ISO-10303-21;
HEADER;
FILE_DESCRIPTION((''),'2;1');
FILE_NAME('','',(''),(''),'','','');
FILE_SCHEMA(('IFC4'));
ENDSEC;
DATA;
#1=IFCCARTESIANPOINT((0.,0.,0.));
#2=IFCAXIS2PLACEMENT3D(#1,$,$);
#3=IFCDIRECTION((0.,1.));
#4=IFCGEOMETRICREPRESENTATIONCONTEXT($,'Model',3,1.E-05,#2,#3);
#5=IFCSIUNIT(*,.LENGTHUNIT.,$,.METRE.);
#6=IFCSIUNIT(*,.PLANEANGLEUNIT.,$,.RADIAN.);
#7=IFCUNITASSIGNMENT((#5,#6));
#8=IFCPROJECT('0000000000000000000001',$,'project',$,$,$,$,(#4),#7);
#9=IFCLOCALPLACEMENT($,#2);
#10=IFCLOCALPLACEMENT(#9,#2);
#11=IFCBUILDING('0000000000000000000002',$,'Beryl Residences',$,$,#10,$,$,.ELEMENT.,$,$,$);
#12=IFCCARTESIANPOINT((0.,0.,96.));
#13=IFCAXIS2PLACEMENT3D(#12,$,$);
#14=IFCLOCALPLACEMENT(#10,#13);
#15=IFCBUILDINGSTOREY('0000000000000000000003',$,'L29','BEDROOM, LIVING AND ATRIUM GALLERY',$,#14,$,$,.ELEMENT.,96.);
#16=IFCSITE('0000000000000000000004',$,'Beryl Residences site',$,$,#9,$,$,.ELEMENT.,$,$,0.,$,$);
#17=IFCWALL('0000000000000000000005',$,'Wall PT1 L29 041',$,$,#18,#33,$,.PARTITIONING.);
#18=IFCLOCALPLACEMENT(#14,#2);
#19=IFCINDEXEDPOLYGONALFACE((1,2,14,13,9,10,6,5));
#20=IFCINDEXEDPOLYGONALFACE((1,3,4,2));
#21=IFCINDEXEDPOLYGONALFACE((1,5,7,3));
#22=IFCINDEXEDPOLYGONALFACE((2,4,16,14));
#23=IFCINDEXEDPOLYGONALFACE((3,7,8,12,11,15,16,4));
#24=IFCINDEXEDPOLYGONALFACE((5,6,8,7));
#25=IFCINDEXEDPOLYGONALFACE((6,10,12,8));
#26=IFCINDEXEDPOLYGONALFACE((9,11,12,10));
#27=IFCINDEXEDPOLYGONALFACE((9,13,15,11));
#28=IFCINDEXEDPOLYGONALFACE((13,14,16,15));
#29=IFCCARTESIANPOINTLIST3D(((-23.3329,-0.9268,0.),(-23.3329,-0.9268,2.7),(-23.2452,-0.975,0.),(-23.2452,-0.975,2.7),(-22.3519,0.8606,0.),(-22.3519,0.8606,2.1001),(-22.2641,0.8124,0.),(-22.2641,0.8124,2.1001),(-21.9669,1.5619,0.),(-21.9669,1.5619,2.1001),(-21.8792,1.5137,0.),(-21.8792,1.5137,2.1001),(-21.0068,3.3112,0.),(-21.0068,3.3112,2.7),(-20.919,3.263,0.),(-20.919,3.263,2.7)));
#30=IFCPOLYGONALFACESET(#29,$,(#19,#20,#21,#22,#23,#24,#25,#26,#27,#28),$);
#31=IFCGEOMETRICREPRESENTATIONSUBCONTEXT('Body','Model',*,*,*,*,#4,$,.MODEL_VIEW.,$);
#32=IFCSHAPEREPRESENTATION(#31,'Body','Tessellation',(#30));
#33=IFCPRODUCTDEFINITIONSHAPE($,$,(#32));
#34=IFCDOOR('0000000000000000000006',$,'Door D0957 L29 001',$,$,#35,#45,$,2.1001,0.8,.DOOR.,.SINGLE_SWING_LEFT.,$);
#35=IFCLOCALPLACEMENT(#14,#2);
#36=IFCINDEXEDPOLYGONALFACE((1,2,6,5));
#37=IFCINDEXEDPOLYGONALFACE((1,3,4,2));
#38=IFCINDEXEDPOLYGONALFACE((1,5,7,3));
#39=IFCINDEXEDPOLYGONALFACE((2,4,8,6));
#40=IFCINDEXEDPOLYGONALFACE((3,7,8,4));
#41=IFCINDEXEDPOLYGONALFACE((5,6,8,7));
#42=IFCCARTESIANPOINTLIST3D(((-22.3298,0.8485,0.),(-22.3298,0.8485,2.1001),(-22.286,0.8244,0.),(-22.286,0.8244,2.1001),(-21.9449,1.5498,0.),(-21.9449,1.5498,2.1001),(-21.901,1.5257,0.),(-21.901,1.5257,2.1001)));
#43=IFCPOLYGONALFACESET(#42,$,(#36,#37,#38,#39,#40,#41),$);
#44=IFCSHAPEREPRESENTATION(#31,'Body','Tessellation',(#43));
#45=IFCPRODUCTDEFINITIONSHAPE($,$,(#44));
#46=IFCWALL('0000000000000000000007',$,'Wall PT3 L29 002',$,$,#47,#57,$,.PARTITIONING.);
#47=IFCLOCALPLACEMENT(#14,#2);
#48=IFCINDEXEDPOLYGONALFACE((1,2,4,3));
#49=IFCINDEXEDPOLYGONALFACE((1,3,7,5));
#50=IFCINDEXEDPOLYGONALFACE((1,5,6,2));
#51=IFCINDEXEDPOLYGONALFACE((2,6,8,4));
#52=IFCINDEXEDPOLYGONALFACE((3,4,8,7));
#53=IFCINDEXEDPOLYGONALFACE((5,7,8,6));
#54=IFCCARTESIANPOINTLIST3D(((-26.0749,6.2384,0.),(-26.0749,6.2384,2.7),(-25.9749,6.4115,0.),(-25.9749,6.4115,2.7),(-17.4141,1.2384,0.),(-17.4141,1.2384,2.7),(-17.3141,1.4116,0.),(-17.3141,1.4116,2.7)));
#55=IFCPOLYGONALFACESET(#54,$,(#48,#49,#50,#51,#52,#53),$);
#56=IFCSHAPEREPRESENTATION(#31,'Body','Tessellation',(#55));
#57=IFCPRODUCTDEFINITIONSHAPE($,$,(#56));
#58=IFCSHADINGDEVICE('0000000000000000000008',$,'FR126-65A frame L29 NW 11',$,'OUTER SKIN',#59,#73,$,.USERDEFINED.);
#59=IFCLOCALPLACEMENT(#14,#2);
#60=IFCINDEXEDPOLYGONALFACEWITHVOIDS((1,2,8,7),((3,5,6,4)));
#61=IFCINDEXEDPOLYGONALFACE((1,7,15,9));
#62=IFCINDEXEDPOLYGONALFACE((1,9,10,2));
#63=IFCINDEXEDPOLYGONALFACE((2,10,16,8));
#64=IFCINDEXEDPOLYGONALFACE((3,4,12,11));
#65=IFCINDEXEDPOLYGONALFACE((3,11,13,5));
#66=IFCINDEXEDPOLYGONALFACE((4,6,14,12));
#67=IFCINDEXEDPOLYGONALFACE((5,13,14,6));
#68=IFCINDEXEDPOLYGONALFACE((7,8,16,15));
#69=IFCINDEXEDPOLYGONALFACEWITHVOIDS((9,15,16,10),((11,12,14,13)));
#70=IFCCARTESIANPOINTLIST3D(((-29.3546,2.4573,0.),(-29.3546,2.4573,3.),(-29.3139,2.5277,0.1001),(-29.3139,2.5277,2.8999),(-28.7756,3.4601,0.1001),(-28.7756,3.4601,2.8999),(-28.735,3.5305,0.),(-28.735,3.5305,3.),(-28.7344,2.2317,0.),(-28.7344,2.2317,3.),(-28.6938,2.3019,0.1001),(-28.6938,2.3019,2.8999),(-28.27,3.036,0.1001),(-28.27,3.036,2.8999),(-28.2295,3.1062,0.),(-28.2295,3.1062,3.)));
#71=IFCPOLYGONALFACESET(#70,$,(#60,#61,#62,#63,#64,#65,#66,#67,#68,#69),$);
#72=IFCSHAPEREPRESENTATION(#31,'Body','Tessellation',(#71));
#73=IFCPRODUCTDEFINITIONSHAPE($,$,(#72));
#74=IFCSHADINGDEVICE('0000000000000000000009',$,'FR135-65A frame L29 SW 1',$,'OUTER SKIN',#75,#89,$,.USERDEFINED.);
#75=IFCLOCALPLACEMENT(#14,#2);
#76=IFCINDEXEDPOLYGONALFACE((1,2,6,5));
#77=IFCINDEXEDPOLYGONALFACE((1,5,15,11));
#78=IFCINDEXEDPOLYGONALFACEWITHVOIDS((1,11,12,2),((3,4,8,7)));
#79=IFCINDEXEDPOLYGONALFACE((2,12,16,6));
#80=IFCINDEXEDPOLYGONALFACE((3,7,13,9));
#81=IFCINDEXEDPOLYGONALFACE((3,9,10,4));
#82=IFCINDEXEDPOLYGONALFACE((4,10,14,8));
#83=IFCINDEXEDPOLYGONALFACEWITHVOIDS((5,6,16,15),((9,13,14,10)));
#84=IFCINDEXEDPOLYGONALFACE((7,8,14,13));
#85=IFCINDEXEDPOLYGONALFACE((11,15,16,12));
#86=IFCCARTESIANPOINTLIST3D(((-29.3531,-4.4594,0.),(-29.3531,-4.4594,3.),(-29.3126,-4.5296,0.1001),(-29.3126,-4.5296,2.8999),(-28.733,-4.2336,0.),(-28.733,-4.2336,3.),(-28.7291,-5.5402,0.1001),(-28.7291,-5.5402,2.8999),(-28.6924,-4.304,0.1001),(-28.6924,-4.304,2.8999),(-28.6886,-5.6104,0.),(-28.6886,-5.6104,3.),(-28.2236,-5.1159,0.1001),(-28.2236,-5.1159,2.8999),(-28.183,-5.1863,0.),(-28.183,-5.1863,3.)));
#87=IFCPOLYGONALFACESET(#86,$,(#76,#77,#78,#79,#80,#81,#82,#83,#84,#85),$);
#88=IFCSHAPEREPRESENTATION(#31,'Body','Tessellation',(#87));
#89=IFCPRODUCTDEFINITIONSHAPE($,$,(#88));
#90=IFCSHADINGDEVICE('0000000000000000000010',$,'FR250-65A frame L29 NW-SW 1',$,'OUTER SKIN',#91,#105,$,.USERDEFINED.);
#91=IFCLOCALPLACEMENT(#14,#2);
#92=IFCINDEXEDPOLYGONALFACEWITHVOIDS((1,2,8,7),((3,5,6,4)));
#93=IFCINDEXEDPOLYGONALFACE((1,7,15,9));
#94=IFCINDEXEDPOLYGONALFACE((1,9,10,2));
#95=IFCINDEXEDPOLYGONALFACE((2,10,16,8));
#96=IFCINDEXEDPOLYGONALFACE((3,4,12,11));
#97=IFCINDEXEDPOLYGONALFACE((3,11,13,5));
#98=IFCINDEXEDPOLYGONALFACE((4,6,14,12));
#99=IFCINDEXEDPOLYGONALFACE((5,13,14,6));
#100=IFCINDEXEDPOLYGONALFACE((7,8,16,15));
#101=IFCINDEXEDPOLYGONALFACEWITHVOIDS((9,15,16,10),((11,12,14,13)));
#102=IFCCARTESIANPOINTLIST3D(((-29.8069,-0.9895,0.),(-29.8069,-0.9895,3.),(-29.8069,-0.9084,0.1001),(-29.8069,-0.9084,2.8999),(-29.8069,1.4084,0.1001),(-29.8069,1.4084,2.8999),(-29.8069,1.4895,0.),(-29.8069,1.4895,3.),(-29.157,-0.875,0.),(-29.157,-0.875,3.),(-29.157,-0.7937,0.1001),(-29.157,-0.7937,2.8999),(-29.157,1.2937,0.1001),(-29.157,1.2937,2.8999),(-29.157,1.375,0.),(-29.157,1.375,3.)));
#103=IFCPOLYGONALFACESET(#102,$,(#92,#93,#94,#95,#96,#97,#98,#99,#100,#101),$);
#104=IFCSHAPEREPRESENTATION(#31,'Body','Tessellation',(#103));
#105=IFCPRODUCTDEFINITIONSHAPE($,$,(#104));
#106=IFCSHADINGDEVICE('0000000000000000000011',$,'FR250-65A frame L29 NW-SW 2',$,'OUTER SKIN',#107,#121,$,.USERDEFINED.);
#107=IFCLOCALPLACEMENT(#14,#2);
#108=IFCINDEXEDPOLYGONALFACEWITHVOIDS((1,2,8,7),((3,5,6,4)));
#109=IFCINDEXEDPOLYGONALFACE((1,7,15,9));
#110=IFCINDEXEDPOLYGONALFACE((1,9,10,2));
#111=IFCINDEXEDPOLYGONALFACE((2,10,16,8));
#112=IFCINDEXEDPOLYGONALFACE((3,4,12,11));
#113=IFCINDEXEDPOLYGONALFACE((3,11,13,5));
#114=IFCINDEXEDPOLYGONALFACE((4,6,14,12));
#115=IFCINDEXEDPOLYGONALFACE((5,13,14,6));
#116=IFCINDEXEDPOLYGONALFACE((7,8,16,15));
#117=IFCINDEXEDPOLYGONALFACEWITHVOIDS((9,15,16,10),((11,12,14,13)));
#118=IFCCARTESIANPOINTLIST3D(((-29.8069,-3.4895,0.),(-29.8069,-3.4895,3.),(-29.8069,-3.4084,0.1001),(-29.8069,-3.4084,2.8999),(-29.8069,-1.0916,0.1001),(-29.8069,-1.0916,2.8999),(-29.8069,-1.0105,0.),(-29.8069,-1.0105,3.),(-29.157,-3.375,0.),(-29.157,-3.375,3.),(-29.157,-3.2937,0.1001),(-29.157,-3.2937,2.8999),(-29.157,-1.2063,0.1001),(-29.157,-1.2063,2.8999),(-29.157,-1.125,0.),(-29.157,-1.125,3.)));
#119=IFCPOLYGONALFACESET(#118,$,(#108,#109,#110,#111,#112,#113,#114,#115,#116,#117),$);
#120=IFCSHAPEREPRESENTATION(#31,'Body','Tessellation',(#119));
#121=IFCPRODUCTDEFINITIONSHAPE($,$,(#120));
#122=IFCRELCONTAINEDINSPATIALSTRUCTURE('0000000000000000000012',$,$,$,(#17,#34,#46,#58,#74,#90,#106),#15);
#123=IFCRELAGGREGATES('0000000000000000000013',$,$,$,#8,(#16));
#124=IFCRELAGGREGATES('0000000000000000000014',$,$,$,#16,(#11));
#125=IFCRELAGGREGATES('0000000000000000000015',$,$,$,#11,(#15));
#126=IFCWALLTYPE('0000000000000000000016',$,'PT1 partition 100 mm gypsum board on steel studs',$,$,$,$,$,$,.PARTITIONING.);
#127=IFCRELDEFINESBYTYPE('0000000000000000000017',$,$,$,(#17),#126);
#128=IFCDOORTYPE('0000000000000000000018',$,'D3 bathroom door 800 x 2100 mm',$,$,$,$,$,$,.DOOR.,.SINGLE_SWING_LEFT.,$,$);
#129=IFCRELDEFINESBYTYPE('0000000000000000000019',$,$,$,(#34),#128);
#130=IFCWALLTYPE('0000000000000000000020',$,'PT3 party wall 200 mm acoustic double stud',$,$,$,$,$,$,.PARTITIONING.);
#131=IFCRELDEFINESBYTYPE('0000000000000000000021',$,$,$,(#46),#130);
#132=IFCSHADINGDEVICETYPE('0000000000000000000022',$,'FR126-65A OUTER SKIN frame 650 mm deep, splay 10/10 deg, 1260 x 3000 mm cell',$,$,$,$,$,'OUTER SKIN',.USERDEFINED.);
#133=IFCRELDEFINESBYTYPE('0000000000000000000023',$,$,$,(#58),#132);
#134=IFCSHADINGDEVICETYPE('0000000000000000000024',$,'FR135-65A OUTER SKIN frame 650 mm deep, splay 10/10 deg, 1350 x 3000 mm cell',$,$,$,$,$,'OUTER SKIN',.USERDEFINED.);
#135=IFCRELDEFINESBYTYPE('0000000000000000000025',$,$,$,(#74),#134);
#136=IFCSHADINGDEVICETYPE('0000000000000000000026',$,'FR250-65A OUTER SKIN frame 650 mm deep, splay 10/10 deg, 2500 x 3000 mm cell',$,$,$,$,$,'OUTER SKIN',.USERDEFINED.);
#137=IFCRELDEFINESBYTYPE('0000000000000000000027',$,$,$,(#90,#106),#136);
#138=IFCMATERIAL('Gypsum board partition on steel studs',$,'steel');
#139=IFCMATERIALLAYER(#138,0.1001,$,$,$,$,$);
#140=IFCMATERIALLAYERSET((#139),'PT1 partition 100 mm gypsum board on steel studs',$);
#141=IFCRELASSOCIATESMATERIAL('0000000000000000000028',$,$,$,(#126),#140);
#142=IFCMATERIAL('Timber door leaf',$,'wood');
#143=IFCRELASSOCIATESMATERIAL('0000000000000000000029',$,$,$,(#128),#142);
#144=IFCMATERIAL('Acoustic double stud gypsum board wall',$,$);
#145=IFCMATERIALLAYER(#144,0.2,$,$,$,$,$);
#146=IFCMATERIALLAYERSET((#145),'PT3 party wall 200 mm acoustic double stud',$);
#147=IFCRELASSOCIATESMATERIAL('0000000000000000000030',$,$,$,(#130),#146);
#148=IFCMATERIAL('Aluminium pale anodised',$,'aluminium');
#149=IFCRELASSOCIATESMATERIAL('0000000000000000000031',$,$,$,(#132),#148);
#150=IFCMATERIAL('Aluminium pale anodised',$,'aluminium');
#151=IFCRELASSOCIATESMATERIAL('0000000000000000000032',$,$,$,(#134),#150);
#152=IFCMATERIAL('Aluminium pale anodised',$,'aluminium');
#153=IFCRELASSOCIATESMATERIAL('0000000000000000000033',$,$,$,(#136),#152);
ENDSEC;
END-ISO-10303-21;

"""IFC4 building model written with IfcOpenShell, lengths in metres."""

from ifc_helpers import new_model, entity, si_unit, direction, frame, frame_2d, origin, place, context, subcontext, project, spatial, rectangle, extrude, source, transform, mapped, material, layer, layer_set, type_object, type_shapes, element, fill, save


model = new_model("IFC4")

# Units and contexts
model_context = context("Model", 3, precision=1e-05, world=origin(), true_north=direction((0.0, 1.0)))
body_context = subcontext(model_context, "Body", "Model", "MODEL_VIEW")
ifc_project = project(units=[si_unit("LENGTHUNIT", "METRE"), si_unit("PLANEANGLEUNIT", "RADIAN")], contexts=[model_context])

# Site, building, storey
site_placement = place(None, origin())
site = spatial("IfcSite", under=ifc_project, at=site_placement, Name="Beryl Residences site", CompositionType="ELEMENT", RefElevation=0.0)
building_placement = place(site_placement, origin())
building = spatial("IfcBuilding", under=site, at=building_placement, Name="Beryl Residences", CompositionType="ELEMENT")
storey_placement = place(building_placement, frame((0.0, 0.0, 96.0)))
storey = spatial("IfcBuildingStorey", under=building, at=storey_placement, Name="L29", Description="BEDROOM, LIVING AND ATRIUM GALLERY", CompositionType="ELEMENT", Elevation=96.0)

# Shared definitions
ifc_material_1 = material(Name="Gypsum board partition on steel studs", Category="steel")
ifc_layer_1 = layer(ifc_material_1, 0.1001)
ifc_layer_set_1 = layer_set([ifc_layer_1], Name="PT1 partition 100 mm gypsum board on steel studs")
wall_type_1 = type_object("IfcWallType", Name="PT1 partition 100 mm gypsum board on steel studs", PredefinedType="PARTITIONING", material=ifc_layer_set_1)

# Wall, opening, door
wall_1_placement = place(storey_placement, frame((-23.2891, -0.9509, 0.0), z_axis=(0.0, 0.0, 1.0), x_axis=(0.481164, 0.87663, 0.0)))
wall_1 = element("IfcWall", 1, at=wall_1_placement, inside=storey, type_object=wall_type_1, Name="Wall PT1 L29 041", PredefinedType="PARTITIONING", context=body_context, shape_type="SweptSolid", body=[
    extrude(rectangle(XDim=4.8345, YDim=0.1001, at=frame_2d((2.4172, 0.0))), origin(), (0.0, 0.0, 1.0), 2.7),
])
opening_1_placement = place(wall_1_placement, frame((2.0391, 0.0, 0.0)))
opening_1 = element("IfcOpeningElement", 2, at=opening_1_placement, cuts=wall_1, PredefinedType="OPENING", context=body_context, shape_type="SweptSolid", body=[
    extrude(rectangle(XDim=0.8, YDim=2.1001, at=frame_2d((0.3999, 1.05))), frame((0.0, 0.0601, 0.0), z_axis=(0.0, -1.0, 0.0), x_axis=(1.0, 0.0, 0.0)), (0.0, 0.0, 1.0), 0.1201),
])
ifc_material_2 = material(Name="Timber door leaf", Category="wood")
door_type_1 = type_object("IfcDoorType", Name="D3 bathroom door 800 x 2100 mm", OperationType="SINGLE_SWING_LEFT", PredefinedType="DOOR", material=ifc_material_2)
door_1_placement = place(opening_1_placement, origin())
door_1 = element("IfcDoor", 3, at=door_1_placement, inside=storey, type_object=door_type_1, Name="Door D0957 L29 001", OperationType="SINGLE_SWING_LEFT", OverallHeight=2.1001, OverallWidth=0.8, PredefinedType="DOOR", context=body_context, shape_type="SweptSolid", body=[
    extrude(rectangle(XDim=0.8, YDim=2.1001, at=frame_2d((0.3999, 1.05))), frame((0.0, 0.0249, 0.0), z_axis=(0.0, -1.0, 0.0), x_axis=(1.0, 0.0, 0.0)), (0.0, 0.0, 1.0), 0.05),
])
fill(opening_1, door_1)

# Wall
ifc_material_3 = material(Name="Acoustic double stud gypsum board wall")
ifc_layer_2 = layer(ifc_material_3, 0.2)
ifc_layer_set_2 = layer_set([ifc_layer_2], Name="PT3 party wall 200 mm acoustic double stud")
wall_type_2 = type_object("IfcWallType", Name="PT3 party wall 200 mm acoustic double stud", PredefinedType="PARTITIONING", material=ifc_layer_set_2)
wall_2_placement = place(storey_placement, frame((-26.0249, 6.325, 0.0), z_axis=(0.0, 0.0, 1.0), x_axis=(0.866041, -0.499973, 0.0)))
element("IfcWall", 4, at=wall_2_placement, inside=storey, type_object=wall_type_2, Name="Wall PT3 L29 002", PredefinedType="PARTITIONING", context=body_context, shape_type="SweptSolid", body=[
    extrude(rectangle(XDim=10.0005, YDim=0.2, at=frame_2d((5.0002, 0.0))), origin(), (0.0, 0.0, 1.0), 2.7),
])

# Shading devices
ifc_material_4 = material(Name="Aluminium pale anodised", Category="aluminium")
shading_device_type_1 = type_object("IfcShadingDeviceType", Name="FR126-65A OUTER SKIN frame 650 mm deep, splay 10/10 deg, 1260 x 3000 mm cell", ElementType="OUTER SKIN", PredefinedType="USERDEFINED", material=ifc_material_4)
cartesian_point_1 = entity("IfcCartesianPoint", [-0.5049, 0.0])
cartesian_point_2 = entity("IfcCartesianPoint", [-0.4238, 0.1001])
cartesian_point_3 = entity("IfcCartesianPoint", [-0.6196, 0.0])
cartesian_point_4 = entity("IfcCartesianPoint", [-0.5383, 0.1001])
shared_shape_1 = source(origin(), body_context, "Body", "SweptSolid", [
    entity("IfcExtrudedAreaSolidTapered", entity("IfcArbitraryProfileDefWithVoids", "AREA", None, entity("IfcPolyline", [cartesian_point_1, entity("IfcCartesianPoint", [0.5049, 0.0]), entity("IfcCartesianPoint", [0.5049, 3.0]), entity("IfcCartesianPoint", [-0.5049, 3.0]), cartesian_point_1]), [entity("IfcPolyline", [cartesian_point_2, entity("IfcCartesianPoint", [0.4238, 0.1001]), entity("IfcCartesianPoint", [0.4238, 2.8999]), entity("IfcCartesianPoint", [-0.4238, 2.8999]), cartesian_point_2])]), entity("IfcAxis2Placement3D", entity("IfcCartesianPoint", [0.0, 0.0, 0.0]), entity("IfcDirection", [0.0, 1.0, 0.0]), entity("IfcDirection", [-1.0, 0.0, 0.0])), entity("IfcDirection", [0.0, 0.0, 1.0]), 0.6499, entity("IfcArbitraryProfileDefWithVoids", "AREA", None, entity("IfcPolyline", [cartesian_point_3, entity("IfcCartesianPoint", [0.6196, 0.0]), entity("IfcCartesianPoint", [0.6196, 3.0]), entity("IfcCartesianPoint", [-0.6196, 3.0]), cartesian_point_3]), [entity("IfcPolyline", [cartesian_point_4, entity("IfcCartesianPoint", [0.5383, 0.1001]), entity("IfcCartesianPoint", [0.5383, 2.8999]), entity("IfcCartesianPoint", [-0.5383, 2.8999]), cartesian_point_4])])),
])
type_shapes(shading_device_type_1, [shared_shape_1])
shading_device_1_placement = place(storey_placement, frame((-28.4819, 2.6689, 0.0), z_axis=(0.0, 0.0, 1.0), x_axis=(0.5, 0.866025, 0.0)))
element("IfcShadingDevice", 5, at=shading_device_1_placement, inside=storey, type_object=shading_device_type_1, Name="FR126-65A frame L29 NW 11", ObjectType="OUTER SKIN", PredefinedType="USERDEFINED", context=body_context, shape_type="MappedRepresentation", body=[
    mapped(shared_shape_1, transform((0.0, 0.0, 0.0))),
])
ifc_material_5 = material(Name="Aluminium pale anodised", Category="aluminium")
shading_device_type_2 = type_object("IfcShadingDeviceType", Name="FR135-65A OUTER SKIN frame 650 mm deep, splay 10/10 deg, 1350 x 3000 mm cell", ElementType="OUTER SKIN", PredefinedType="USERDEFINED", material=ifc_material_5)
cartesian_point_5 = entity("IfcCartesianPoint", [-0.55, 0.0])
cartesian_point_6 = entity("IfcCartesianPoint", [-0.4688, 0.1001])
cartesian_point_7 = entity("IfcCartesianPoint", [-0.6646, 0.0])
cartesian_point_8 = entity("IfcCartesianPoint", [-0.5835, 0.1001])
shared_shape_2 = source(origin(), body_context, "Body", "SweptSolid", [
    entity("IfcExtrudedAreaSolidTapered", entity("IfcArbitraryProfileDefWithVoids", "AREA", None, entity("IfcPolyline", [cartesian_point_5, entity("IfcCartesianPoint", [0.55, 0.0]), entity("IfcCartesianPoint", [0.55, 3.0]), entity("IfcCartesianPoint", [-0.55, 3.0]), cartesian_point_5]), [entity("IfcPolyline", [cartesian_point_6, entity("IfcCartesianPoint", [0.4688, 0.1001]), entity("IfcCartesianPoint", [0.4688, 2.8999]), entity("IfcCartesianPoint", [-0.4688, 2.8999]), cartesian_point_6])]), entity("IfcAxis2Placement3D", entity("IfcCartesianPoint", [0.0, 0.0, 0.0]), entity("IfcDirection", [0.0, 1.0, 0.0]), entity("IfcDirection", [-1.0, 0.0, 0.0])), entity("IfcDirection", [0.0, 0.0, 1.0]), 0.6499, entity("IfcArbitraryProfileDefWithVoids", "AREA", None, entity("IfcPolyline", [cartesian_point_7, entity("IfcCartesianPoint", [0.6646, 0.0]), entity("IfcCartesianPoint", [0.6646, 3.0]), entity("IfcCartesianPoint", [-0.6646, 3.0]), cartesian_point_7]), [entity("IfcPolyline", [cartesian_point_8, entity("IfcCartesianPoint", [0.5835, 0.1001]), entity("IfcCartesianPoint", [0.5835, 2.8999]), entity("IfcCartesianPoint", [-0.5835, 2.8999]), cartesian_point_8])])),
])
type_shapes(shading_device_type_2, [shared_shape_2])
shading_device_2_placement = place(storey_placement, frame((-28.458, -4.71, 0.0), z_axis=(0.0, 0.0, 1.0), x_axis=(-0.5, 0.866025, 0.0)))
element("IfcShadingDevice", 6, at=shading_device_2_placement, inside=storey, type_object=shading_device_type_2, Name="FR135-65A frame L29 SW 1", ObjectType="OUTER SKIN", PredefinedType="USERDEFINED", context=body_context, shape_type="MappedRepresentation", body=[
    mapped(shared_shape_2, transform((0.0, 0.0, 0.0))),
])
ifc_material_6 = material(Name="Aluminium pale anodised", Category="aluminium")
shading_device_type_3 = type_object("IfcShadingDeviceType", Name="FR250-65A OUTER SKIN frame 650 mm deep, splay 10/10 deg, 2500 x 3000 mm cell", ElementType="OUTER SKIN", PredefinedType="USERDEFINED", material=ifc_material_6)
cartesian_point_9 = entity("IfcCartesianPoint", [-1.125, 0.0])
cartesian_point_10 = entity("IfcCartesianPoint", [-1.0437, 0.1001])
cartesian_point_11 = entity("IfcCartesianPoint", [-1.2395, 0.0])
cartesian_point_12 = entity("IfcCartesianPoint", [-1.1584, 0.1001])
shared_shape_3 = source(origin(), body_context, "Body", "SweptSolid", [
    entity("IfcExtrudedAreaSolidTapered", entity("IfcArbitraryProfileDefWithVoids", "AREA", None, entity("IfcPolyline", [cartesian_point_9, entity("IfcCartesianPoint", [1.125, 0.0]), entity("IfcCartesianPoint", [1.125, 3.0]), entity("IfcCartesianPoint", [-1.125, 3.0]), cartesian_point_9]), [entity("IfcPolyline", [cartesian_point_10, entity("IfcCartesianPoint", [1.0437, 0.1001]), entity("IfcCartesianPoint", [1.0437, 2.8999]), entity("IfcCartesianPoint", [-1.0437, 2.8999]), cartesian_point_10])]), entity("IfcAxis2Placement3D", entity("IfcCartesianPoint", [0.0, 0.0, 0.0]), entity("IfcDirection", [0.0, 1.0, 0.0]), entity("IfcDirection", [-1.0, 0.0, 0.0])), entity("IfcDirection", [0.0, 0.0, 1.0]), 0.6499, entity("IfcArbitraryProfileDefWithVoids", "AREA", None, entity("IfcPolyline", [cartesian_point_11, entity("IfcCartesianPoint", [1.2395, 0.0]), entity("IfcCartesianPoint", [1.2395, 3.0]), entity("IfcCartesianPoint", [-1.2395, 3.0]), cartesian_point_11]), [entity("IfcPolyline", [cartesian_point_12, entity("IfcCartesianPoint", [1.1584, 0.1001]), entity("IfcCartesianPoint", [1.1584, 2.8999]), entity("IfcCartesianPoint", [-1.1584, 2.8999]), cartesian_point_12])])),
])
type_shapes(shading_device_type_3, [shared_shape_3])
for number, where, z_axis, x_axis, name in (
    (7, (-29.157, 0.25, 0.0), (0.0, 0.0, 1.0), (0.0, 1.0, 0.0), "FR250-65A frame L29 NW-SW 1"),
    (8, (-29.157, -2.25, 0.0), (0.0, 0.0, 1.0), (0.0, 1.0, 0.0), "FR250-65A frame L29 NW-SW 2"),
):
    element("IfcShadingDevice", number, at=place(storey_placement, frame(where, z_axis=z_axis, x_axis=x_axis)), inside=storey, type_object=shading_device_type_3, Name=name, ObjectType="OUTER SKIN", PredefinedType="USERDEFINED", context=body_context, shape_type="MappedRepresentation", body=[
        mapped(shared_shape_3, transform((0.0, 0.0, 0.0))),
    ])

save(model, "model.ifc")
